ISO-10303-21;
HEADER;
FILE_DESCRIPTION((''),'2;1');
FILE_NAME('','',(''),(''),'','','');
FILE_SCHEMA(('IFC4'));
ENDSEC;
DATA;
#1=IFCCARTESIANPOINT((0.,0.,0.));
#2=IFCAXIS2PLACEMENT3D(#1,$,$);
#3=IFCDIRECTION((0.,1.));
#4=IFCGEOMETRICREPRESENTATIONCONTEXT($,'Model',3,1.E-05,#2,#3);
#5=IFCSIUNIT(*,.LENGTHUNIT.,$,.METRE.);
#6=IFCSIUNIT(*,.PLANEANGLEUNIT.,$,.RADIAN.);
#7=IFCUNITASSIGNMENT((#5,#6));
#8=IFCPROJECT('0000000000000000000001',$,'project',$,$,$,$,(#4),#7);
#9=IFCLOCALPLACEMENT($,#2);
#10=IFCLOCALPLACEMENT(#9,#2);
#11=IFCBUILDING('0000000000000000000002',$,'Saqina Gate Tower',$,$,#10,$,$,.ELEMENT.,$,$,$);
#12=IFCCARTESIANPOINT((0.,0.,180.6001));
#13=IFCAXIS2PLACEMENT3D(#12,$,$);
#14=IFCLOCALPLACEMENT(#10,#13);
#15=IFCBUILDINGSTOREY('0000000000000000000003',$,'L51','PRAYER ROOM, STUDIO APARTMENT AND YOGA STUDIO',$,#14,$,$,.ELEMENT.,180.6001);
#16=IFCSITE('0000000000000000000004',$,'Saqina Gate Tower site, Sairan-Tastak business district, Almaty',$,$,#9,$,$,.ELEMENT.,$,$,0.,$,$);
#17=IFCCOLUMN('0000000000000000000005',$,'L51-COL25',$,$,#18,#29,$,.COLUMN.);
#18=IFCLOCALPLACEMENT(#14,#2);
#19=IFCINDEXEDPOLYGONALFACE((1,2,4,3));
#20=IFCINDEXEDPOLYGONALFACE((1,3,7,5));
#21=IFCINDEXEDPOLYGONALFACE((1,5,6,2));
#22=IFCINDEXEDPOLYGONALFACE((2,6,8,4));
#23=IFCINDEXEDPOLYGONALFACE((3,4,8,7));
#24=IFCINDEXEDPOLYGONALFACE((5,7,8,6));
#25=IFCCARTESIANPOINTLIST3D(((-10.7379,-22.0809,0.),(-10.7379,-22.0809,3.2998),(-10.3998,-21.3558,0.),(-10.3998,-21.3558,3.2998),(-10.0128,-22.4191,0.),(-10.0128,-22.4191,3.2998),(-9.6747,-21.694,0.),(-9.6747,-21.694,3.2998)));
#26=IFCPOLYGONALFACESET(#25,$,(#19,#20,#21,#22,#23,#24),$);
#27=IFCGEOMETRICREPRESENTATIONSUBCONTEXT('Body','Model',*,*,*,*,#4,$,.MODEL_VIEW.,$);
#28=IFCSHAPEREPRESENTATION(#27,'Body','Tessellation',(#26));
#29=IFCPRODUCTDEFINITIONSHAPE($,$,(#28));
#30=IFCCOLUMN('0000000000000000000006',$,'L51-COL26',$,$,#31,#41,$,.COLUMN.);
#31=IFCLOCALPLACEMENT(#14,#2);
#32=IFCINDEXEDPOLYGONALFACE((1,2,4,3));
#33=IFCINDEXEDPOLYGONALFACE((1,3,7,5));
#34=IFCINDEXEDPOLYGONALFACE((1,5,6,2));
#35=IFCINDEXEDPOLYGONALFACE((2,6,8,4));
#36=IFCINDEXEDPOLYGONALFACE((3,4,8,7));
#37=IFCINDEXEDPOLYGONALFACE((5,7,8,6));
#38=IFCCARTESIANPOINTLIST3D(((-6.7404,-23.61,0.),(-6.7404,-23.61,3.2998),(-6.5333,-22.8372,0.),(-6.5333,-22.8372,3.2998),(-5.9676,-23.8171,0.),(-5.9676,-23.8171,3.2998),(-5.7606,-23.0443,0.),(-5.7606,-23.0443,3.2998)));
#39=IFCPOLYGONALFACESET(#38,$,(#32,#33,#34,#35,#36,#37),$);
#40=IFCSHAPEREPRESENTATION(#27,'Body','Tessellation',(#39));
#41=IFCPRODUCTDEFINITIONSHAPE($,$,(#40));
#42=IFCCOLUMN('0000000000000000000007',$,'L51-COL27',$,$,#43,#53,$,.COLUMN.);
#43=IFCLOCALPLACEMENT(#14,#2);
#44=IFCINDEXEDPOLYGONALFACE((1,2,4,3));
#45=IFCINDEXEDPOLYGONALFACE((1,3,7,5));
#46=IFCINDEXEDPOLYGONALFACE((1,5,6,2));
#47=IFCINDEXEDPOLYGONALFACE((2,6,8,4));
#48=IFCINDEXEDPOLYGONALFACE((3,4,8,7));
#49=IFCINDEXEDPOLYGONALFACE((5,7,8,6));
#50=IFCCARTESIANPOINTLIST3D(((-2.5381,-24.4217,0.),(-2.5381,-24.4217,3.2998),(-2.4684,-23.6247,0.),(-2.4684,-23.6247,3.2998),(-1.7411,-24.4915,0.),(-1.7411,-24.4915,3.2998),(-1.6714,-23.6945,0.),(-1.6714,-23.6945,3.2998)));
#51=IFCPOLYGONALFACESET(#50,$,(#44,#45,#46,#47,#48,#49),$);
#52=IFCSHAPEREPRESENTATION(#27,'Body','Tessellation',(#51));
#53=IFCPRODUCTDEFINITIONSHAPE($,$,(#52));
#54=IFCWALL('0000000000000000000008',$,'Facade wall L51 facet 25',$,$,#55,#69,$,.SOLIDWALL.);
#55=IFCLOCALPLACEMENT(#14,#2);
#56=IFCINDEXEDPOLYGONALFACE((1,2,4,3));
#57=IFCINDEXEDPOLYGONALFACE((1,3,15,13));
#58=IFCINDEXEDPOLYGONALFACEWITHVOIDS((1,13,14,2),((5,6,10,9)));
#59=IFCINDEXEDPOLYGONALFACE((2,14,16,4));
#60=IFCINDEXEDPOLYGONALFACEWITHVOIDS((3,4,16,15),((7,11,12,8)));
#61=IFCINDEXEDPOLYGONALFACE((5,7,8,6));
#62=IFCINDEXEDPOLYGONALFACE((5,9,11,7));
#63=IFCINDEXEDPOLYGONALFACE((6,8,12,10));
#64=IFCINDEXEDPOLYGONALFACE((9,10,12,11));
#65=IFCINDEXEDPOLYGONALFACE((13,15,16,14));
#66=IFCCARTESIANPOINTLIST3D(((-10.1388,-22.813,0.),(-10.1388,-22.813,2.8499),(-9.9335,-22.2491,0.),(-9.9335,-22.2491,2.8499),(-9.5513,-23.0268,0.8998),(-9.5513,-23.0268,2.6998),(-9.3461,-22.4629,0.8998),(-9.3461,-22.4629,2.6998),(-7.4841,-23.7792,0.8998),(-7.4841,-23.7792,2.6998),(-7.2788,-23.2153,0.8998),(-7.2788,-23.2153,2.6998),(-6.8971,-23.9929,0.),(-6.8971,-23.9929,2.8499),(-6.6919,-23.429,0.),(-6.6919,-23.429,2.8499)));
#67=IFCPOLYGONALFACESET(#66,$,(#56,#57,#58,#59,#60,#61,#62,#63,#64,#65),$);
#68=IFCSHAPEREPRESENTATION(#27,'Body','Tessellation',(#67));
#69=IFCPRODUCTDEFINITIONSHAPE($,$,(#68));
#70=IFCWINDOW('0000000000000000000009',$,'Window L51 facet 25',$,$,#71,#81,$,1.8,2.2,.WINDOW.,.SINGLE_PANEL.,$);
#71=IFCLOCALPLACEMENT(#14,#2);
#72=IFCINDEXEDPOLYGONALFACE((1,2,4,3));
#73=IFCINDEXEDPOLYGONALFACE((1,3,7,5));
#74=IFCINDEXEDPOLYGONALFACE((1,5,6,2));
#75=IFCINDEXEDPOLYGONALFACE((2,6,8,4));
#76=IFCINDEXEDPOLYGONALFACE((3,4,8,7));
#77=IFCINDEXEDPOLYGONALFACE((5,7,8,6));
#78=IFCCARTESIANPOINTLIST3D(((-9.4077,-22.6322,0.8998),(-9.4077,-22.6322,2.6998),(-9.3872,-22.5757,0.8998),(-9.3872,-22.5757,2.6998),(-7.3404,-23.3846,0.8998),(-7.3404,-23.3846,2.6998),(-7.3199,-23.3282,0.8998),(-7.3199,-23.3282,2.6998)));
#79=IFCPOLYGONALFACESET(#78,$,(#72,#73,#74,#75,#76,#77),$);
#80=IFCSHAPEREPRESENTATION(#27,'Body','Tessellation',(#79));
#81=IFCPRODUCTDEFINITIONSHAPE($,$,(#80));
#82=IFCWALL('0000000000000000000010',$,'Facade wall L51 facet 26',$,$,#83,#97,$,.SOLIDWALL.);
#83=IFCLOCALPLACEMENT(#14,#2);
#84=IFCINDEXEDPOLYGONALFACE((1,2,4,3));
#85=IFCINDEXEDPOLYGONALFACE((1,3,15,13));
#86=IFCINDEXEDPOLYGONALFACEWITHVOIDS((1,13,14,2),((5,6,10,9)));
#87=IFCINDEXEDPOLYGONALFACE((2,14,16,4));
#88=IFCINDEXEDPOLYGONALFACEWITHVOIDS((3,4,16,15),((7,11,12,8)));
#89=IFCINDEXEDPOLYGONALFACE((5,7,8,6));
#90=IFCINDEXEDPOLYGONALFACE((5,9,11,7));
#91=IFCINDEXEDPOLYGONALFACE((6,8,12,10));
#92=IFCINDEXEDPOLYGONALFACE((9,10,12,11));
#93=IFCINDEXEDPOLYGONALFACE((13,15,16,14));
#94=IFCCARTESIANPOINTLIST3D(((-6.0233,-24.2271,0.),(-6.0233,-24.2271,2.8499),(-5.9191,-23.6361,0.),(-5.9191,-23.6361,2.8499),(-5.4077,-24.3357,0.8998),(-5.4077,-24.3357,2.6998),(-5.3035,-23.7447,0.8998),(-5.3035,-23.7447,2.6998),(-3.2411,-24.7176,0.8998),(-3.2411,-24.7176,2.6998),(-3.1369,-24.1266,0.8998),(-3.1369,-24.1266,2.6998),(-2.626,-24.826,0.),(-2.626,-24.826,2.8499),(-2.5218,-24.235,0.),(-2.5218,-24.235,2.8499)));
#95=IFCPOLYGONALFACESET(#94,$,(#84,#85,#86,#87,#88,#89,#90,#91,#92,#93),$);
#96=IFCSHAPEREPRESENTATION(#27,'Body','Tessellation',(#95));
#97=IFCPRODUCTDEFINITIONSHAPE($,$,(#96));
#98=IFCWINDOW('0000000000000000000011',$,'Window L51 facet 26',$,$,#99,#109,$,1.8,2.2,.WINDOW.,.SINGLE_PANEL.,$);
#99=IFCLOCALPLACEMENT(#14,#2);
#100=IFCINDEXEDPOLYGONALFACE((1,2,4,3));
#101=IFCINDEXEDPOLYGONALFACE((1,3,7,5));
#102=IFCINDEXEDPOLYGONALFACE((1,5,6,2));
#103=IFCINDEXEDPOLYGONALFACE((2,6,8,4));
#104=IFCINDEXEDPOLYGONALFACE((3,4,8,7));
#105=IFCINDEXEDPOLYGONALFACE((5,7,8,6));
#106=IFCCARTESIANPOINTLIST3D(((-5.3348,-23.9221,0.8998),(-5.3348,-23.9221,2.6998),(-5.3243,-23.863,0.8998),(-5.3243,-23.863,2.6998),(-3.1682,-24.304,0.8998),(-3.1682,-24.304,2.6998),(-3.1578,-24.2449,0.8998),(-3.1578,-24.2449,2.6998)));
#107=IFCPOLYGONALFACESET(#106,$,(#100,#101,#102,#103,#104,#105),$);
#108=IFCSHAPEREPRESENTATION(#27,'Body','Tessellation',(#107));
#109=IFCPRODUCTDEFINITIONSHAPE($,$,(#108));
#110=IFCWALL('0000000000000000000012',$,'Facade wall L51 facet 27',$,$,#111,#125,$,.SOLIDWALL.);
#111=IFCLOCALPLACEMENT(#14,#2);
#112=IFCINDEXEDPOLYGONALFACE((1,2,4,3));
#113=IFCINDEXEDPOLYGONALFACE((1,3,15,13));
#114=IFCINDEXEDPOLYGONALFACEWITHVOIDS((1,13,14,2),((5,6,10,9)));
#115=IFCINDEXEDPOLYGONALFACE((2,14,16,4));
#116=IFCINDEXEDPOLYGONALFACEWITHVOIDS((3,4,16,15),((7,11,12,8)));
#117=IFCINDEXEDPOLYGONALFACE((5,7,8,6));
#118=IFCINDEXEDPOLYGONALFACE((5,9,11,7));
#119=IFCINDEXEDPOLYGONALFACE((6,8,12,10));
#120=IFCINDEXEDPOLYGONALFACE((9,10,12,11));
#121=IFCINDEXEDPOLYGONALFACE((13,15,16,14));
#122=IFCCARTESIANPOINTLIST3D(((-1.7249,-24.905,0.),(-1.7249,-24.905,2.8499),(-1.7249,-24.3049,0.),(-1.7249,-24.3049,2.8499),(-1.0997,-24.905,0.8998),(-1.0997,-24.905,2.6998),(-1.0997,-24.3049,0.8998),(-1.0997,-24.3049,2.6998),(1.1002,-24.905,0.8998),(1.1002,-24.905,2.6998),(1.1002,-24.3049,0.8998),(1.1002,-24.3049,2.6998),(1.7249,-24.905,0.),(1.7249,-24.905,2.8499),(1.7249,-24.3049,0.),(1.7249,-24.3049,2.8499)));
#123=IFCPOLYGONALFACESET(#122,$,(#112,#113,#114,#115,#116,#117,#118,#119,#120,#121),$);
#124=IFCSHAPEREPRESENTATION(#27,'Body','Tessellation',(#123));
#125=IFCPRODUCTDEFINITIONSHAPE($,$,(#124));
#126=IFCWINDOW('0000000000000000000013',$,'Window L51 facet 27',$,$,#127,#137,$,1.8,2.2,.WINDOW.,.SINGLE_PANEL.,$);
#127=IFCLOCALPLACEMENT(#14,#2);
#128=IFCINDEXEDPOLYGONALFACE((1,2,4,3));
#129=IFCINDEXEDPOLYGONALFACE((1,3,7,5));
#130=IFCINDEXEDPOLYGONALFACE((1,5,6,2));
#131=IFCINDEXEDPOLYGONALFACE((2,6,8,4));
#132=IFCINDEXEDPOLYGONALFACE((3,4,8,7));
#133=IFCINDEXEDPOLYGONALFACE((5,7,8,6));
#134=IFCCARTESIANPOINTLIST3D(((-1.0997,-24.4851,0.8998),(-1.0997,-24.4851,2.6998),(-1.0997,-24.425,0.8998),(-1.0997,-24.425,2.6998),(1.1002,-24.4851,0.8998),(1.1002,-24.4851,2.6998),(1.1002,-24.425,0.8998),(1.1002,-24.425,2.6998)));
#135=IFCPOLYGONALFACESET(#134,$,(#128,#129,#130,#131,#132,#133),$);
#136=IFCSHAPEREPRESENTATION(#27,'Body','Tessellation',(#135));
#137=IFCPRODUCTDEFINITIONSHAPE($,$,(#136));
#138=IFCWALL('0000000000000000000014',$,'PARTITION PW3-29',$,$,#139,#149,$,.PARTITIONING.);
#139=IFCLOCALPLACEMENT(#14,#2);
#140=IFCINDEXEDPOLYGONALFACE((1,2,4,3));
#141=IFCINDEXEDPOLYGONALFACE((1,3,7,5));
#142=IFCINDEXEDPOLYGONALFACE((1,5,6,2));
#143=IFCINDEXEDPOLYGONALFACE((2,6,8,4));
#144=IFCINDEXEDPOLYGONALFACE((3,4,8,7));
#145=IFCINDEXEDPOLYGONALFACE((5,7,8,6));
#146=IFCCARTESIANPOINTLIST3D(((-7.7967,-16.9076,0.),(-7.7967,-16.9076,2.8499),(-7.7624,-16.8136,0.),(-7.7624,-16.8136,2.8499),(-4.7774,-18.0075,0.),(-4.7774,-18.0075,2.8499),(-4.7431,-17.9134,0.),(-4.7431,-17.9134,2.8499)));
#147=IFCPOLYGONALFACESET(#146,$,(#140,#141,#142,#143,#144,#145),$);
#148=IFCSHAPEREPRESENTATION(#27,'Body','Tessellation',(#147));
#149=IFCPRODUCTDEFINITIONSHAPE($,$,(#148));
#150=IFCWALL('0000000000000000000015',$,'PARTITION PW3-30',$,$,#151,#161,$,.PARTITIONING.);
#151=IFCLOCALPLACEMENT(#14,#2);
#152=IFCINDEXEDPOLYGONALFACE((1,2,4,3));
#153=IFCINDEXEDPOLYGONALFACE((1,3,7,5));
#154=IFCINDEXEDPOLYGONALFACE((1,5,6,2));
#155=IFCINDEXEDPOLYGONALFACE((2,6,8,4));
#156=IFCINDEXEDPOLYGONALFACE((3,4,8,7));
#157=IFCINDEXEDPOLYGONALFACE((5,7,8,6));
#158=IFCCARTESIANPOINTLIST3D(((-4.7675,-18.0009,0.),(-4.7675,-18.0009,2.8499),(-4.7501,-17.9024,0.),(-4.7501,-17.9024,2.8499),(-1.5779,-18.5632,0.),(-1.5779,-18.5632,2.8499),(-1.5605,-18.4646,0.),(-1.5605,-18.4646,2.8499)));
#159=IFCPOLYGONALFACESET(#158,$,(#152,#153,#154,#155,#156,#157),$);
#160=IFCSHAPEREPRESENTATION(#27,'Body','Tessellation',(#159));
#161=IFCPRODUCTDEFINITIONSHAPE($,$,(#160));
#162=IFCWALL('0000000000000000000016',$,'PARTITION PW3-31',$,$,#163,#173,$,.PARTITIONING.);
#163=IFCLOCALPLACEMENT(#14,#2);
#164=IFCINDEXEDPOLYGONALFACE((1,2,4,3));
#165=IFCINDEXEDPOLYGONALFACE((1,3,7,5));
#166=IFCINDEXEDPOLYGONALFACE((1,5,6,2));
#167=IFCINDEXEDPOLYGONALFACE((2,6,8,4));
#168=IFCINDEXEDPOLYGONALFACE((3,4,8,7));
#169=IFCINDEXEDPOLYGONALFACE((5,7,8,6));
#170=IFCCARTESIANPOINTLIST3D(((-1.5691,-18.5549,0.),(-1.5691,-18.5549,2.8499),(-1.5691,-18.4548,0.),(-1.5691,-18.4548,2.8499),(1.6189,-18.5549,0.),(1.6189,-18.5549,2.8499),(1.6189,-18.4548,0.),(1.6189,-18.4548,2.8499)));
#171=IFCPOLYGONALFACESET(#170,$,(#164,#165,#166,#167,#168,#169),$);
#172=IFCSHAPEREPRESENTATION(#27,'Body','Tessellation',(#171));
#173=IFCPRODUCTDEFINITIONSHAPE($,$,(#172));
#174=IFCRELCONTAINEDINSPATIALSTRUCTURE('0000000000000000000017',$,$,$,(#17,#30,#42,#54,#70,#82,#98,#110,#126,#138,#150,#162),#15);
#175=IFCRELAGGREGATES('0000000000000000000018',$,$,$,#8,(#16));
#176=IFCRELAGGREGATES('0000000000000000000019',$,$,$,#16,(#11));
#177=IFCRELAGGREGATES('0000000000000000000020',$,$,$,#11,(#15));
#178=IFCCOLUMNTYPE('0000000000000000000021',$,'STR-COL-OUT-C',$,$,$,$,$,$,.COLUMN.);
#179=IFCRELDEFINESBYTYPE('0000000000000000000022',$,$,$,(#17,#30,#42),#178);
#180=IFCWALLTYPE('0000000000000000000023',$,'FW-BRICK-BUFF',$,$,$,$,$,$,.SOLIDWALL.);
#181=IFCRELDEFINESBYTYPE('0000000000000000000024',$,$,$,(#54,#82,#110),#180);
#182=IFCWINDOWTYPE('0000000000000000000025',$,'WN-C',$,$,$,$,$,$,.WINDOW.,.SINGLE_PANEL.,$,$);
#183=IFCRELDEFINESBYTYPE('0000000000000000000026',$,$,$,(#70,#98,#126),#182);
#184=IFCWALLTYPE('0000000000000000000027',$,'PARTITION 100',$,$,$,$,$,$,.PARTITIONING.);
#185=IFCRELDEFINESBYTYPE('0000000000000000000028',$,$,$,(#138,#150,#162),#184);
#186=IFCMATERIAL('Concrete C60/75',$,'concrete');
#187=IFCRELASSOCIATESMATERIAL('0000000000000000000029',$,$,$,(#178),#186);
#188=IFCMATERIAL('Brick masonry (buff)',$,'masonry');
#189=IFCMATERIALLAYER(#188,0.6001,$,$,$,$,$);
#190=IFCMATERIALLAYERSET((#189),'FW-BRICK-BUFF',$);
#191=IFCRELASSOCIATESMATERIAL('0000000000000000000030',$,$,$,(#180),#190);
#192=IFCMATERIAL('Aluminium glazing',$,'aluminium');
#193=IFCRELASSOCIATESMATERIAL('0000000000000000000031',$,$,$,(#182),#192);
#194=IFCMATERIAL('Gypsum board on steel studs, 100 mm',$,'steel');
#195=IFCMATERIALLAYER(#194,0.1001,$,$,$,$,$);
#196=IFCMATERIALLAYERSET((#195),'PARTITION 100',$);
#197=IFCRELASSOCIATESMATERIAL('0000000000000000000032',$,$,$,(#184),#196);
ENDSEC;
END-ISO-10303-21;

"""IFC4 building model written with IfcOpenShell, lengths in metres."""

from ifc_helpers import new_model, si_unit, direction, frame, frame_2d, origin, origin_2d, place, context, subcontext, project, spatial, rectangle, extrude, material, layer, layer_set, material_profile, profile_set, type_object, element, fill, save


model = new_model("IFC4")

# Units and contexts
model_context = context("Model", 3, precision=1e-05, world=origin(), true_north=direction((0.0, 1.0)))
body_context = subcontext(model_context, "Body", "Model", "MODEL_VIEW")
ifc_project = project(units=[si_unit("LENGTHUNIT", "METRE"), si_unit("PLANEANGLEUNIT", "RADIAN")], contexts=[model_context])

# Site, building, storey
site_placement = place(None, origin())
site = spatial("IfcSite", under=ifc_project, at=site_placement, Name="Saqina Gate Tower site, Sairan-Tastak business district, Almaty", CompositionType="ELEMENT", RefElevation=0.0)
building_placement = place(site_placement, origin())
building = spatial("IfcBuilding", under=site, at=building_placement, Name="Saqina Gate Tower", CompositionType="ELEMENT")
storey_placement = place(building_placement, frame((0.0, 0.0, 180.6001)))
storey = spatial("IfcBuildingStorey", under=building, at=storey_placement, Name="L51", Description="PRAYER ROOM, STUDIO APARTMENT AND YOGA STUDIO", CompositionType="ELEMENT", Elevation=180.6001)

# Columns
ifc_material_1 = material(Name="Concrete C60/75", Category="concrete")
ifc_material_profile = material_profile(ifc_material_1, rectangle(XDim=0.8, YDim=0.8, at=origin_2d()), Name="RC 800x800")
ifc_profile_set = profile_set([ifc_material_profile], Name="Concrete C60/75")
column_type = type_object("IfcColumnType", Name="STR-COL-OUT-C", PredefinedType="COLUMN", material=ifc_profile_set)
for number, where, z_axis, x_axis, name in (
    (1, (-10.2063, -21.8875, 0.0), (0.0, 0.0, 1.0), (-0.422618, -0.906308, 0.0), "L51-COL25"),
    (2, (-6.2505, -23.3271, 0.0), (0.0, 0.0, 1.0), (-0.258819, -0.965926, 0.0), "L51-COL26"),
    (3, (-2.1047, -24.0581, 0.0), (0.0, 0.0, 1.0), (-0.087156, -0.996195, 0.0), "L51-COL27"),
):
    element("IfcColumn", number, at=place(storey_placement, frame(where, z_axis=z_axis, x_axis=x_axis)), inside=storey, type_object=column_type, Name=name, PredefinedType="COLUMN", context=body_context, shape_type="SweptSolid", body=[
        extrude(rectangle(XDim=0.8, YDim=0.8, at=origin_2d()), origin(), (0.0, 0.0, 1.0), 3.2998),
    ])

# Walls, openings, windows
ifc_material_2 = material(Name="Brick masonry (buff)", Category="masonry")
ifc_layer_1 = layer(ifc_material_2, 0.6001)
ifc_layer_set_1 = layer_set([ifc_layer_1], Name="FW-BRICK-BUFF")
wall_type_1 = type_object("IfcWallType", Name="FW-BRICK-BUFF", PredefinedType="SOLIDWALL", material=ifc_layer_set_1)
wall_1_placement = place(storey_placement, frame((-10.0361, -22.531, 0.0), z_axis=(0.0, 0.0, 1.0), x_axis=(0.939688, -0.342033, 0.0)))
wall_1 = element("IfcWall", 4, at=wall_1_placement, inside=storey, type_object=wall_type_1, Name="Facade wall L51 facet 25", PredefinedType="SOLIDWALL", context=body_context, shape_type="SweptSolid", body=[
    extrude(rectangle(XDim=3.4497, YDim=0.6001, at=frame_2d((1.7249, 0.0))), origin(), (0.0, 0.0, 1.0), 2.8499),
])
opening_1_placement = place(wall_1_placement, frame((0.625, 0.0, 0.8999)))
opening_1 = element("IfcOpeningElement", 5, at=opening_1_placement, cuts=wall_1, PredefinedType="OPENING", context=body_context, shape_type="SweptSolid", body=[
    extrude(rectangle(XDim=2.2, YDim=1.8, at=frame_2d((1.1001, 0.8999))), frame((0.0, 0.312, 0.0), z_axis=(0.0, -1.0, 0.0), x_axis=(1.0, 0.0, 0.0)), (0.0, 0.0, 1.0), 0.624),
])
ifc_material_3 = material(Name="Aluminium glazing", Category="aluminium")
window_type = type_object("IfcWindowType", Name="WN-C", PartitioningType="SINGLE_PANEL", PredefinedType="WINDOW", material=ifc_material_3)
window_1_placement = place(opening_1_placement, origin())
window_1 = element("IfcWindow", 6, at=window_1_placement, inside=storey, type_object=window_type, Name="Window L51 facet 25", OverallHeight=1.8, OverallWidth=2.2, PartitioningType="SINGLE_PANEL", PredefinedType="WINDOW", context=body_context, shape_type="SweptSolid", body=[
    extrude(rectangle(XDim=2.2, YDim=1.8, at=frame_2d((1.1001, 0.8999))), frame((0.0, 0.1799, 0.0), z_axis=(0.0, -1.0, 0.0), x_axis=(1.0, 0.0, 0.0)), (0.0, 0.0, 1.0), 0.0601),
])
fill(opening_1, window_1)
wall_2_placement = place(storey_placement, frame((-5.9712, -23.9316, 0.0), z_axis=(0.0, 0.0, 1.0), x_axis=(0.984815, -0.173608, 0.0)))
wall_2 = element("IfcWall", 7, at=wall_2_placement, inside=storey, type_object=wall_type_1, Name="Facade wall L51 facet 26", PredefinedType="SOLIDWALL", context=body_context, shape_type="SweptSolid", body=[
    extrude(rectangle(XDim=3.4497, YDim=0.6001, at=frame_2d((1.7249, 0.0))), origin(), (0.0, 0.0, 1.0), 2.8499),
])
opening_2_placement = place(wall_2_placement, frame((0.625, 0.0, 0.8999)))
opening_2 = element("IfcOpeningElement", 8, at=opening_2_placement, cuts=wall_2, PredefinedType="OPENING", context=body_context, shape_type="SweptSolid", body=[
    extrude(rectangle(XDim=2.2, YDim=1.8, at=frame_2d((1.1001, 0.8999))), frame((0.0, 0.312, 0.0), z_axis=(0.0, -1.0, 0.0), x_axis=(1.0, 0.0, 0.0)), (0.0, 0.0, 1.0), 0.624),
])
window_2_placement = place(opening_2_placement, origin())
window_2 = element("IfcWindow", 9, at=window_2_placement, inside=storey, type_object=window_type, Name="Window L51 facet 26", OverallHeight=1.8, OverallWidth=2.2, PartitioningType="SINGLE_PANEL", PredefinedType="WINDOW", context=body_context, shape_type="SweptSolid", body=[
    extrude(rectangle(XDim=2.2, YDim=1.8, at=frame_2d((1.1001, 0.8999))), frame((0.0, 0.1799, 0.0), z_axis=(0.0, -1.0, 0.0), x_axis=(1.0, 0.0, 0.0)), (0.0, 0.0, 1.0), 0.0601),
])
fill(opening_2, window_2)
wall_3_placement = place(storey_placement, frame((-1.7249, -24.605, 0.0), z_axis=(0.0, 0.0, 1.0), x_axis=(1.0, 0.0, 0.0)))
wall_3 = element("IfcWall", 10, at=wall_3_placement, inside=storey, type_object=wall_type_1, Name="Facade wall L51 facet 27", PredefinedType="SOLIDWALL", context=body_context, shape_type="SweptSolid", body=[
    extrude(rectangle(XDim=3.4497, YDim=0.6001, at=frame_2d((1.7249, 0.0))), origin(), (0.0, 0.0, 1.0), 2.8499),
])
opening_3_placement = place(wall_3_placement, frame((0.625, 0.0, 0.8999)))
opening_3 = element("IfcOpeningElement", 11, at=opening_3_placement, cuts=wall_3, PredefinedType="OPENING", context=body_context, shape_type="SweptSolid", body=[
    extrude(rectangle(XDim=2.2, YDim=1.8, at=frame_2d((1.1001, 0.8999))), frame((0.0, 0.312, 0.0), z_axis=(0.0, -1.0, 0.0), x_axis=(1.0, 0.0, 0.0)), (0.0, 0.0, 1.0), 0.624),
])
window_3_placement = place(opening_3_placement, origin())
window_3 = element("IfcWindow", 12, at=window_3_placement, inside=storey, type_object=window_type, Name="Window L51 facet 27", OverallHeight=1.8, OverallWidth=2.2, PartitioningType="SINGLE_PANEL", PredefinedType="WINDOW", context=body_context, shape_type="SweptSolid", body=[
    extrude(rectangle(XDim=2.2, YDim=1.8, at=frame_2d((1.1001, 0.8999))), frame((0.0, 0.1799, 0.0), z_axis=(0.0, -1.0, 0.0), x_axis=(1.0, 0.0, 0.0)), (0.0, 0.0, 1.0), 0.0601),
])
fill(opening_3, window_3)

# Walls
ifc_material_4 = material(Name="Gypsum board on steel studs, 100 mm", Category="steel")
ifc_layer_2 = layer(ifc_material_4, 0.1001)
ifc_layer_set_2 = layer_set([ifc_layer_2], Name="PARTITION 100")
wall_type_2 = type_object("IfcWallType", Name="PARTITION 100", PredefinedType="PARTITIONING", material=ifc_layer_set_2)
wall_4_placement = place(storey_placement, frame((-7.7795, -16.8606, 0.0), z_axis=(0.0, 0.0, 1.0), x_axis=(0.9396, -0.342274, 0.0)))
element("IfcWall", 13, at=wall_4_placement, inside=storey, type_object=wall_type_2, Name="PARTITION PW3-29", PredefinedType="PARTITIONING", context=body_context, shape_type="SweptSolid", body=[
    extrude(rectangle(XDim=3.2134, YDim=0.1001, at=frame_2d((1.6067, 0.0))), origin(), (0.0, 0.0, 1.0), 2.8499),
])
wall_5_placement = place(storey_placement, frame((-4.7588, -17.9517, 0.0), z_axis=(0.0, 0.0, 1.0), x_axis=(0.984817, -0.173596, 0.0)))
element("IfcWall", 14, at=wall_5_placement, inside=storey, type_object=wall_type_2, Name="PARTITION PW3-30", PredefinedType="PARTITIONING", context=body_context, shape_type="SweptSolid", body=[
    extrude(rectangle(XDim=3.2388, YDim=0.1001, at=frame_2d((1.6194, 0.0))), origin(), (0.0, 0.0, 1.0), 2.8499),
])
wall_6_placement = place(storey_placement, frame((-1.5691, -18.5049, 0.0), z_axis=(0.0, 0.0, 1.0), x_axis=(1.0, 0.0, 0.0)))
element("IfcWall", 15, at=wall_6_placement, inside=storey, type_object=wall_type_2, Name="PARTITION PW3-31", PredefinedType="PARTITIONING", context=body_context, shape_type="SweptSolid", body=[
    extrude(rectangle(XDim=3.188, YDim=0.1001, at=frame_2d((1.594, 0.0))), origin(), (0.0, 0.0, 1.0), 2.8499),
])

save(model, "model.ifc")
